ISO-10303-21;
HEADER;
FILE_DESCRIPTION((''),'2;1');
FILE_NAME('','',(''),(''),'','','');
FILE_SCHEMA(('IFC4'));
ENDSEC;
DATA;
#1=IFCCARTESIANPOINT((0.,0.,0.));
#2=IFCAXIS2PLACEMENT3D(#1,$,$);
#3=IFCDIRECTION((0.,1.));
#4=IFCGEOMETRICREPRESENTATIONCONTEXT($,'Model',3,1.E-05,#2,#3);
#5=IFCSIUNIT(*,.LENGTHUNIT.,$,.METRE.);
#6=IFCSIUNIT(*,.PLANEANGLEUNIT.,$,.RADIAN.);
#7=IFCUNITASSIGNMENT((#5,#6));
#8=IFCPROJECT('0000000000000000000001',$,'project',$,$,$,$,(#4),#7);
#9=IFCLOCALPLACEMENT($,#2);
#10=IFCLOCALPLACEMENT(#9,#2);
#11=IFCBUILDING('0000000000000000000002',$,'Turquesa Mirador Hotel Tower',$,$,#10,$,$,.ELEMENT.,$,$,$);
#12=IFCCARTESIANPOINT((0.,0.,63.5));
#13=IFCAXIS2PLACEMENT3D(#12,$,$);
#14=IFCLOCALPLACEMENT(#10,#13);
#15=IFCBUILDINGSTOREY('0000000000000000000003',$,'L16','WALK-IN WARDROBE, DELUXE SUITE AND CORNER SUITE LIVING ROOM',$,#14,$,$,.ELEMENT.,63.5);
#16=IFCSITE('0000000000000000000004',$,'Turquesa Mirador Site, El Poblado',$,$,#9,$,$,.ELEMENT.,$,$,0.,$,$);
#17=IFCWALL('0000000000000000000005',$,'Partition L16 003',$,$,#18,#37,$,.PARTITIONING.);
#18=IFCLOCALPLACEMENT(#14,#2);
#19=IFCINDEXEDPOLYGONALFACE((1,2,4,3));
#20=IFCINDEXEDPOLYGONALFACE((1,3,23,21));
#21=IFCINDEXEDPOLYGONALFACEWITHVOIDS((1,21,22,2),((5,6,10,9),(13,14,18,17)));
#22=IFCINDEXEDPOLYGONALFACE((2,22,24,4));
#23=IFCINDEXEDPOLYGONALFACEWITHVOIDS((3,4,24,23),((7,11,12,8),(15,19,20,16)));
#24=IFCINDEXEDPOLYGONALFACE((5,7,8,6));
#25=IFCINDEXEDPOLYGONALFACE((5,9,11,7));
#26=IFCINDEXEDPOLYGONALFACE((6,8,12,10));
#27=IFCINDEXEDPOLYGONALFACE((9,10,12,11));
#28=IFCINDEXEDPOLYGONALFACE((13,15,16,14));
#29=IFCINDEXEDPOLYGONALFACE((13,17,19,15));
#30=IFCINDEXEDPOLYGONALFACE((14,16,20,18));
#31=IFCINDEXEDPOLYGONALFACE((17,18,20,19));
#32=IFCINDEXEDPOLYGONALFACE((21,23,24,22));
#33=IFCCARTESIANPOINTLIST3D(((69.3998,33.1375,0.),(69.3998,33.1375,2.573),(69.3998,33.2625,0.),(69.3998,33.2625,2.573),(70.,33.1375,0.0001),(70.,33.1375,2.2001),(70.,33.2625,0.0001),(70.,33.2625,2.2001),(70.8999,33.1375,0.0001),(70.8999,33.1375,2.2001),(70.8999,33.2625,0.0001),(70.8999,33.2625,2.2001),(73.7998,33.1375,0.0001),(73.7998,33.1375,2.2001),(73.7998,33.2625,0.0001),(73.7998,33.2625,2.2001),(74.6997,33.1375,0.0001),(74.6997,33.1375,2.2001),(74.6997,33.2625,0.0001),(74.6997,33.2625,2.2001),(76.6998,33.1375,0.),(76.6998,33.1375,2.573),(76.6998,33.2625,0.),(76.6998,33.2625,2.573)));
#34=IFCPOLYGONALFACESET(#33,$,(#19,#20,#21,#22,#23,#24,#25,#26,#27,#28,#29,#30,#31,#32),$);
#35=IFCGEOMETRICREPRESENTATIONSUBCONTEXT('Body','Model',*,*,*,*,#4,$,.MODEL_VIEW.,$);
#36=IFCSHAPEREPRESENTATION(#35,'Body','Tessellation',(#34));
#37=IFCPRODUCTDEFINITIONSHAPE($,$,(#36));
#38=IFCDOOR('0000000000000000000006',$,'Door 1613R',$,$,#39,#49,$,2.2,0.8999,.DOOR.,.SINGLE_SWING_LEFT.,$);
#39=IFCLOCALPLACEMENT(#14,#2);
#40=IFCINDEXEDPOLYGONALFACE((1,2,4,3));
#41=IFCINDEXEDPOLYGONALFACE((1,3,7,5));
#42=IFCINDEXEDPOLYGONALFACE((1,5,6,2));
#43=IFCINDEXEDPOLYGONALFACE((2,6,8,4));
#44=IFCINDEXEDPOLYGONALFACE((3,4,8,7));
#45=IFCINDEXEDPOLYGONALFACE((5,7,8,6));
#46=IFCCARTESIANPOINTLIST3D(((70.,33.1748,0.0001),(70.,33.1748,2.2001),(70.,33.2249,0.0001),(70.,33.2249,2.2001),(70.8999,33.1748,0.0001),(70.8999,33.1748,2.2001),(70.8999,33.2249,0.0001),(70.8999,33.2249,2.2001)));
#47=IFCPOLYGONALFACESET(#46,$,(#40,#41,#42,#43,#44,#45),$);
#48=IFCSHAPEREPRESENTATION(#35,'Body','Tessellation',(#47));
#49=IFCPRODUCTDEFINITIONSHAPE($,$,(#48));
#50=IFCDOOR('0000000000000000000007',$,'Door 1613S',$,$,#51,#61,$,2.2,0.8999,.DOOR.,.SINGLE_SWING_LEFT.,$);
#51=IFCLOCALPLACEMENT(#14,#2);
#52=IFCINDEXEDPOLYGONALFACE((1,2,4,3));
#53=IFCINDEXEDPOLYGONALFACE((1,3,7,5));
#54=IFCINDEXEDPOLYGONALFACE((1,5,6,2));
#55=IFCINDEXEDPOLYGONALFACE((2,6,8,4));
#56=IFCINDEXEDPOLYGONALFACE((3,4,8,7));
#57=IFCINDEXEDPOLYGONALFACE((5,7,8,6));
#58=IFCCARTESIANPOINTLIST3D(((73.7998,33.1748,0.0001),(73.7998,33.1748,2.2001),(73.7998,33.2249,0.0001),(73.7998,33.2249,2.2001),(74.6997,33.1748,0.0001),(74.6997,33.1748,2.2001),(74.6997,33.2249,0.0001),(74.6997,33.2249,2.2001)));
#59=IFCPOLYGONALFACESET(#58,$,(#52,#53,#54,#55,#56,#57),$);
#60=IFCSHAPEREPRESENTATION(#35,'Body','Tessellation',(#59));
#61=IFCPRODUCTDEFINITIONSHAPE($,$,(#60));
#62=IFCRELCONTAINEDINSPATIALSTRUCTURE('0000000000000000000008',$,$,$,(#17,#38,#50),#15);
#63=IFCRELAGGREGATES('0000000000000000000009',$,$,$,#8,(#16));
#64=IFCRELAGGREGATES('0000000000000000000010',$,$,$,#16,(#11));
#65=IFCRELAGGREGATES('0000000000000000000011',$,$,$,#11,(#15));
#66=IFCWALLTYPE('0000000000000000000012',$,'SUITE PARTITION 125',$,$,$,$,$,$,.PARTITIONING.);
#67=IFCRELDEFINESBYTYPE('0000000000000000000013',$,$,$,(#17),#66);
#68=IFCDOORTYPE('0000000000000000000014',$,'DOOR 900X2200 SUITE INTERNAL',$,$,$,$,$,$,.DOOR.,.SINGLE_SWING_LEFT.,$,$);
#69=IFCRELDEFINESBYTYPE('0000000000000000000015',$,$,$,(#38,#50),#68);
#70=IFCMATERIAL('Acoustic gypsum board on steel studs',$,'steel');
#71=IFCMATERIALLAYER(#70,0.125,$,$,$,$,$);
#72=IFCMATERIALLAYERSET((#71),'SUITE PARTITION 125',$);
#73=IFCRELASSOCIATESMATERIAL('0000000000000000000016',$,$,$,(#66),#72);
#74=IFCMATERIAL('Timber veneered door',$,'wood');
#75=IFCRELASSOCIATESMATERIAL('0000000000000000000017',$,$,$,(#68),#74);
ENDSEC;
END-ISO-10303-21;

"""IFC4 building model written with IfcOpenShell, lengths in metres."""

from ifc_helpers import new_model, si_unit, direction, frame, frame_2d, origin, place, context, subcontext, project, spatial, rectangle, extrude, material, layer, layer_set, type_object, element, fill, save


model = new_model("IFC4")

# Units and contexts
model_context = context("Model", 3, precision=1e-05, world=origin(), true_north=direction((0.0, 1.0)))
body_context = subcontext(model_context, "Body", "Model", "MODEL_VIEW")
ifc_project = project(units=[si_unit("LENGTHUNIT", "METRE"), si_unit("PLANEANGLEUNIT", "RADIAN")], contexts=[model_context])

# Site, building, storey
site_placement = place(None, origin())
site = spatial("IfcSite", under=ifc_project, at=site_placement, Name="Turquesa Mirador Site, El Poblado", CompositionType="ELEMENT", RefElevation=0.0)
building_placement = place(site_placement, origin())
building = spatial("IfcBuilding", under=site, at=building_placement, Name="Turquesa Mirador Hotel Tower", CompositionType="ELEMENT")
storey_placement = place(building_placement, frame((0.0, 0.0, 63.5)))
storey = spatial("IfcBuildingStorey", under=building, at=storey_placement, Name="L16", Description="WALK-IN WARDROBE, DELUXE SUITE AND CORNER SUITE LIVING ROOM", CompositionType="ELEMENT", Elevation=63.5)

# Wall, openings, doors
ifc_material_1 = material(Name="Acoustic gypsum board on steel studs", Category="steel")
ifc_layer_1 = layer(ifc_material_1, 0.125)
ifc_layer_set_1 = layer_set([ifc_layer_1], Name="SUITE PARTITION 125")
wall_type_1 = type_object("IfcWallType", Name="SUITE PARTITION 125", PredefinedType="PARTITIONING", material=ifc_layer_set_1)
wall_1_placement = place(storey_placement, frame((69.3999, 33.2, 0.0), z_axis=(0.0, 0.0, 1.0), x_axis=(1.0, 0.0, 0.0)))
wall_1 = element("IfcWall", 1, at=wall_1_placement, inside=storey, type_object=wall_type_1, Name="Partition L16 003", PredefinedType="PARTITIONING", context=body_context, shape_type="SweptSolid", body=[
    extrude(rectangle(XDim=7.3, YDim=0.125, at=frame_2d((3.6499, 0.0))), origin(), (0.0, 0.0, 1.0), 2.573),
])
opening_1_placement = place(wall_1_placement, frame((0.6001, 0.0, 0.0)))
opening_1 = element("IfcOpeningElement", 2, at=opening_1_placement, cuts=wall_1, PredefinedType="OPENING", context=body_context, shape_type="SweptSolid", body=[
    extrude(rectangle(XDim=0.8999, YDim=2.2, at=frame_2d((0.45, 1.1001))), frame((0.0, 0.0725, 0.0), z_axis=(0.0, -1.0, 0.0), x_axis=(1.0, 0.0, 0.0)), (0.0, 0.0, 1.0), 0.145),
])
opening_2_placement = place(wall_1_placement, frame((4.3999, 0.0, 0.0)))
opening_2 = element("IfcOpeningElement", 3, at=opening_2_placement, cuts=wall_1, PredefinedType="OPENING", context=body_context, shape_type="SweptSolid", body=[
    extrude(rectangle(XDim=0.8999, YDim=2.2, at=frame_2d((0.45, 1.1001))), frame((0.0, 0.0725, 0.0), z_axis=(0.0, -1.0, 0.0), x_axis=(1.0, 0.0, 0.0)), (0.0, 0.0, 1.0), 0.145),
])
ifc_material_2 = material(Name="Timber veneered door", Category="wood")
door_type_1 = type_object("IfcDoorType", Name="DOOR 900X2200 SUITE INTERNAL", OperationType="SINGLE_SWING_LEFT", PredefinedType="DOOR", material=ifc_material_2)
door_1_placement = place(opening_1_placement, origin())
door_1 = element("IfcDoor", 4, at=door_1_placement, inside=storey, type_object=door_type_1, Name="Door 1613R", OperationType="SINGLE_SWING_LEFT", OverallHeight=2.2, OverallWidth=0.8999, PredefinedType="DOOR", context=body_context, shape_type="SweptSolid", body=[
    extrude(rectangle(XDim=0.8999, YDim=2.2, at=frame_2d((0.45, 1.1001))), frame((0.0, 0.0249, 0.0), z_axis=(0.0, -1.0, 0.0), x_axis=(1.0, 0.0, 0.0)), (0.0, 0.0, 1.0), 0.05),
])
fill(opening_1, door_1)
door_2_placement = place(opening_2_placement, origin())
door_2 = element("IfcDoor", 5, at=door_2_placement, inside=storey, type_object=door_type_1, Name="Door 1613S", OperationType="SINGLE_SWING_LEFT", OverallHeight=2.2, OverallWidth=0.8999, PredefinedType="DOOR", context=body_context, shape_type="SweptSolid", body=[
    extrude(rectangle(XDim=0.8999, YDim=2.2, at=frame_2d((0.45, 1.1001))), frame((0.0, 0.0249, 0.0), z_axis=(0.0, -1.0, 0.0), x_axis=(1.0, 0.0, 0.0)), (0.0, 0.0, 1.0), 0.05),
])
fill(opening_2, door_2)

save(model, "model.ifc")
